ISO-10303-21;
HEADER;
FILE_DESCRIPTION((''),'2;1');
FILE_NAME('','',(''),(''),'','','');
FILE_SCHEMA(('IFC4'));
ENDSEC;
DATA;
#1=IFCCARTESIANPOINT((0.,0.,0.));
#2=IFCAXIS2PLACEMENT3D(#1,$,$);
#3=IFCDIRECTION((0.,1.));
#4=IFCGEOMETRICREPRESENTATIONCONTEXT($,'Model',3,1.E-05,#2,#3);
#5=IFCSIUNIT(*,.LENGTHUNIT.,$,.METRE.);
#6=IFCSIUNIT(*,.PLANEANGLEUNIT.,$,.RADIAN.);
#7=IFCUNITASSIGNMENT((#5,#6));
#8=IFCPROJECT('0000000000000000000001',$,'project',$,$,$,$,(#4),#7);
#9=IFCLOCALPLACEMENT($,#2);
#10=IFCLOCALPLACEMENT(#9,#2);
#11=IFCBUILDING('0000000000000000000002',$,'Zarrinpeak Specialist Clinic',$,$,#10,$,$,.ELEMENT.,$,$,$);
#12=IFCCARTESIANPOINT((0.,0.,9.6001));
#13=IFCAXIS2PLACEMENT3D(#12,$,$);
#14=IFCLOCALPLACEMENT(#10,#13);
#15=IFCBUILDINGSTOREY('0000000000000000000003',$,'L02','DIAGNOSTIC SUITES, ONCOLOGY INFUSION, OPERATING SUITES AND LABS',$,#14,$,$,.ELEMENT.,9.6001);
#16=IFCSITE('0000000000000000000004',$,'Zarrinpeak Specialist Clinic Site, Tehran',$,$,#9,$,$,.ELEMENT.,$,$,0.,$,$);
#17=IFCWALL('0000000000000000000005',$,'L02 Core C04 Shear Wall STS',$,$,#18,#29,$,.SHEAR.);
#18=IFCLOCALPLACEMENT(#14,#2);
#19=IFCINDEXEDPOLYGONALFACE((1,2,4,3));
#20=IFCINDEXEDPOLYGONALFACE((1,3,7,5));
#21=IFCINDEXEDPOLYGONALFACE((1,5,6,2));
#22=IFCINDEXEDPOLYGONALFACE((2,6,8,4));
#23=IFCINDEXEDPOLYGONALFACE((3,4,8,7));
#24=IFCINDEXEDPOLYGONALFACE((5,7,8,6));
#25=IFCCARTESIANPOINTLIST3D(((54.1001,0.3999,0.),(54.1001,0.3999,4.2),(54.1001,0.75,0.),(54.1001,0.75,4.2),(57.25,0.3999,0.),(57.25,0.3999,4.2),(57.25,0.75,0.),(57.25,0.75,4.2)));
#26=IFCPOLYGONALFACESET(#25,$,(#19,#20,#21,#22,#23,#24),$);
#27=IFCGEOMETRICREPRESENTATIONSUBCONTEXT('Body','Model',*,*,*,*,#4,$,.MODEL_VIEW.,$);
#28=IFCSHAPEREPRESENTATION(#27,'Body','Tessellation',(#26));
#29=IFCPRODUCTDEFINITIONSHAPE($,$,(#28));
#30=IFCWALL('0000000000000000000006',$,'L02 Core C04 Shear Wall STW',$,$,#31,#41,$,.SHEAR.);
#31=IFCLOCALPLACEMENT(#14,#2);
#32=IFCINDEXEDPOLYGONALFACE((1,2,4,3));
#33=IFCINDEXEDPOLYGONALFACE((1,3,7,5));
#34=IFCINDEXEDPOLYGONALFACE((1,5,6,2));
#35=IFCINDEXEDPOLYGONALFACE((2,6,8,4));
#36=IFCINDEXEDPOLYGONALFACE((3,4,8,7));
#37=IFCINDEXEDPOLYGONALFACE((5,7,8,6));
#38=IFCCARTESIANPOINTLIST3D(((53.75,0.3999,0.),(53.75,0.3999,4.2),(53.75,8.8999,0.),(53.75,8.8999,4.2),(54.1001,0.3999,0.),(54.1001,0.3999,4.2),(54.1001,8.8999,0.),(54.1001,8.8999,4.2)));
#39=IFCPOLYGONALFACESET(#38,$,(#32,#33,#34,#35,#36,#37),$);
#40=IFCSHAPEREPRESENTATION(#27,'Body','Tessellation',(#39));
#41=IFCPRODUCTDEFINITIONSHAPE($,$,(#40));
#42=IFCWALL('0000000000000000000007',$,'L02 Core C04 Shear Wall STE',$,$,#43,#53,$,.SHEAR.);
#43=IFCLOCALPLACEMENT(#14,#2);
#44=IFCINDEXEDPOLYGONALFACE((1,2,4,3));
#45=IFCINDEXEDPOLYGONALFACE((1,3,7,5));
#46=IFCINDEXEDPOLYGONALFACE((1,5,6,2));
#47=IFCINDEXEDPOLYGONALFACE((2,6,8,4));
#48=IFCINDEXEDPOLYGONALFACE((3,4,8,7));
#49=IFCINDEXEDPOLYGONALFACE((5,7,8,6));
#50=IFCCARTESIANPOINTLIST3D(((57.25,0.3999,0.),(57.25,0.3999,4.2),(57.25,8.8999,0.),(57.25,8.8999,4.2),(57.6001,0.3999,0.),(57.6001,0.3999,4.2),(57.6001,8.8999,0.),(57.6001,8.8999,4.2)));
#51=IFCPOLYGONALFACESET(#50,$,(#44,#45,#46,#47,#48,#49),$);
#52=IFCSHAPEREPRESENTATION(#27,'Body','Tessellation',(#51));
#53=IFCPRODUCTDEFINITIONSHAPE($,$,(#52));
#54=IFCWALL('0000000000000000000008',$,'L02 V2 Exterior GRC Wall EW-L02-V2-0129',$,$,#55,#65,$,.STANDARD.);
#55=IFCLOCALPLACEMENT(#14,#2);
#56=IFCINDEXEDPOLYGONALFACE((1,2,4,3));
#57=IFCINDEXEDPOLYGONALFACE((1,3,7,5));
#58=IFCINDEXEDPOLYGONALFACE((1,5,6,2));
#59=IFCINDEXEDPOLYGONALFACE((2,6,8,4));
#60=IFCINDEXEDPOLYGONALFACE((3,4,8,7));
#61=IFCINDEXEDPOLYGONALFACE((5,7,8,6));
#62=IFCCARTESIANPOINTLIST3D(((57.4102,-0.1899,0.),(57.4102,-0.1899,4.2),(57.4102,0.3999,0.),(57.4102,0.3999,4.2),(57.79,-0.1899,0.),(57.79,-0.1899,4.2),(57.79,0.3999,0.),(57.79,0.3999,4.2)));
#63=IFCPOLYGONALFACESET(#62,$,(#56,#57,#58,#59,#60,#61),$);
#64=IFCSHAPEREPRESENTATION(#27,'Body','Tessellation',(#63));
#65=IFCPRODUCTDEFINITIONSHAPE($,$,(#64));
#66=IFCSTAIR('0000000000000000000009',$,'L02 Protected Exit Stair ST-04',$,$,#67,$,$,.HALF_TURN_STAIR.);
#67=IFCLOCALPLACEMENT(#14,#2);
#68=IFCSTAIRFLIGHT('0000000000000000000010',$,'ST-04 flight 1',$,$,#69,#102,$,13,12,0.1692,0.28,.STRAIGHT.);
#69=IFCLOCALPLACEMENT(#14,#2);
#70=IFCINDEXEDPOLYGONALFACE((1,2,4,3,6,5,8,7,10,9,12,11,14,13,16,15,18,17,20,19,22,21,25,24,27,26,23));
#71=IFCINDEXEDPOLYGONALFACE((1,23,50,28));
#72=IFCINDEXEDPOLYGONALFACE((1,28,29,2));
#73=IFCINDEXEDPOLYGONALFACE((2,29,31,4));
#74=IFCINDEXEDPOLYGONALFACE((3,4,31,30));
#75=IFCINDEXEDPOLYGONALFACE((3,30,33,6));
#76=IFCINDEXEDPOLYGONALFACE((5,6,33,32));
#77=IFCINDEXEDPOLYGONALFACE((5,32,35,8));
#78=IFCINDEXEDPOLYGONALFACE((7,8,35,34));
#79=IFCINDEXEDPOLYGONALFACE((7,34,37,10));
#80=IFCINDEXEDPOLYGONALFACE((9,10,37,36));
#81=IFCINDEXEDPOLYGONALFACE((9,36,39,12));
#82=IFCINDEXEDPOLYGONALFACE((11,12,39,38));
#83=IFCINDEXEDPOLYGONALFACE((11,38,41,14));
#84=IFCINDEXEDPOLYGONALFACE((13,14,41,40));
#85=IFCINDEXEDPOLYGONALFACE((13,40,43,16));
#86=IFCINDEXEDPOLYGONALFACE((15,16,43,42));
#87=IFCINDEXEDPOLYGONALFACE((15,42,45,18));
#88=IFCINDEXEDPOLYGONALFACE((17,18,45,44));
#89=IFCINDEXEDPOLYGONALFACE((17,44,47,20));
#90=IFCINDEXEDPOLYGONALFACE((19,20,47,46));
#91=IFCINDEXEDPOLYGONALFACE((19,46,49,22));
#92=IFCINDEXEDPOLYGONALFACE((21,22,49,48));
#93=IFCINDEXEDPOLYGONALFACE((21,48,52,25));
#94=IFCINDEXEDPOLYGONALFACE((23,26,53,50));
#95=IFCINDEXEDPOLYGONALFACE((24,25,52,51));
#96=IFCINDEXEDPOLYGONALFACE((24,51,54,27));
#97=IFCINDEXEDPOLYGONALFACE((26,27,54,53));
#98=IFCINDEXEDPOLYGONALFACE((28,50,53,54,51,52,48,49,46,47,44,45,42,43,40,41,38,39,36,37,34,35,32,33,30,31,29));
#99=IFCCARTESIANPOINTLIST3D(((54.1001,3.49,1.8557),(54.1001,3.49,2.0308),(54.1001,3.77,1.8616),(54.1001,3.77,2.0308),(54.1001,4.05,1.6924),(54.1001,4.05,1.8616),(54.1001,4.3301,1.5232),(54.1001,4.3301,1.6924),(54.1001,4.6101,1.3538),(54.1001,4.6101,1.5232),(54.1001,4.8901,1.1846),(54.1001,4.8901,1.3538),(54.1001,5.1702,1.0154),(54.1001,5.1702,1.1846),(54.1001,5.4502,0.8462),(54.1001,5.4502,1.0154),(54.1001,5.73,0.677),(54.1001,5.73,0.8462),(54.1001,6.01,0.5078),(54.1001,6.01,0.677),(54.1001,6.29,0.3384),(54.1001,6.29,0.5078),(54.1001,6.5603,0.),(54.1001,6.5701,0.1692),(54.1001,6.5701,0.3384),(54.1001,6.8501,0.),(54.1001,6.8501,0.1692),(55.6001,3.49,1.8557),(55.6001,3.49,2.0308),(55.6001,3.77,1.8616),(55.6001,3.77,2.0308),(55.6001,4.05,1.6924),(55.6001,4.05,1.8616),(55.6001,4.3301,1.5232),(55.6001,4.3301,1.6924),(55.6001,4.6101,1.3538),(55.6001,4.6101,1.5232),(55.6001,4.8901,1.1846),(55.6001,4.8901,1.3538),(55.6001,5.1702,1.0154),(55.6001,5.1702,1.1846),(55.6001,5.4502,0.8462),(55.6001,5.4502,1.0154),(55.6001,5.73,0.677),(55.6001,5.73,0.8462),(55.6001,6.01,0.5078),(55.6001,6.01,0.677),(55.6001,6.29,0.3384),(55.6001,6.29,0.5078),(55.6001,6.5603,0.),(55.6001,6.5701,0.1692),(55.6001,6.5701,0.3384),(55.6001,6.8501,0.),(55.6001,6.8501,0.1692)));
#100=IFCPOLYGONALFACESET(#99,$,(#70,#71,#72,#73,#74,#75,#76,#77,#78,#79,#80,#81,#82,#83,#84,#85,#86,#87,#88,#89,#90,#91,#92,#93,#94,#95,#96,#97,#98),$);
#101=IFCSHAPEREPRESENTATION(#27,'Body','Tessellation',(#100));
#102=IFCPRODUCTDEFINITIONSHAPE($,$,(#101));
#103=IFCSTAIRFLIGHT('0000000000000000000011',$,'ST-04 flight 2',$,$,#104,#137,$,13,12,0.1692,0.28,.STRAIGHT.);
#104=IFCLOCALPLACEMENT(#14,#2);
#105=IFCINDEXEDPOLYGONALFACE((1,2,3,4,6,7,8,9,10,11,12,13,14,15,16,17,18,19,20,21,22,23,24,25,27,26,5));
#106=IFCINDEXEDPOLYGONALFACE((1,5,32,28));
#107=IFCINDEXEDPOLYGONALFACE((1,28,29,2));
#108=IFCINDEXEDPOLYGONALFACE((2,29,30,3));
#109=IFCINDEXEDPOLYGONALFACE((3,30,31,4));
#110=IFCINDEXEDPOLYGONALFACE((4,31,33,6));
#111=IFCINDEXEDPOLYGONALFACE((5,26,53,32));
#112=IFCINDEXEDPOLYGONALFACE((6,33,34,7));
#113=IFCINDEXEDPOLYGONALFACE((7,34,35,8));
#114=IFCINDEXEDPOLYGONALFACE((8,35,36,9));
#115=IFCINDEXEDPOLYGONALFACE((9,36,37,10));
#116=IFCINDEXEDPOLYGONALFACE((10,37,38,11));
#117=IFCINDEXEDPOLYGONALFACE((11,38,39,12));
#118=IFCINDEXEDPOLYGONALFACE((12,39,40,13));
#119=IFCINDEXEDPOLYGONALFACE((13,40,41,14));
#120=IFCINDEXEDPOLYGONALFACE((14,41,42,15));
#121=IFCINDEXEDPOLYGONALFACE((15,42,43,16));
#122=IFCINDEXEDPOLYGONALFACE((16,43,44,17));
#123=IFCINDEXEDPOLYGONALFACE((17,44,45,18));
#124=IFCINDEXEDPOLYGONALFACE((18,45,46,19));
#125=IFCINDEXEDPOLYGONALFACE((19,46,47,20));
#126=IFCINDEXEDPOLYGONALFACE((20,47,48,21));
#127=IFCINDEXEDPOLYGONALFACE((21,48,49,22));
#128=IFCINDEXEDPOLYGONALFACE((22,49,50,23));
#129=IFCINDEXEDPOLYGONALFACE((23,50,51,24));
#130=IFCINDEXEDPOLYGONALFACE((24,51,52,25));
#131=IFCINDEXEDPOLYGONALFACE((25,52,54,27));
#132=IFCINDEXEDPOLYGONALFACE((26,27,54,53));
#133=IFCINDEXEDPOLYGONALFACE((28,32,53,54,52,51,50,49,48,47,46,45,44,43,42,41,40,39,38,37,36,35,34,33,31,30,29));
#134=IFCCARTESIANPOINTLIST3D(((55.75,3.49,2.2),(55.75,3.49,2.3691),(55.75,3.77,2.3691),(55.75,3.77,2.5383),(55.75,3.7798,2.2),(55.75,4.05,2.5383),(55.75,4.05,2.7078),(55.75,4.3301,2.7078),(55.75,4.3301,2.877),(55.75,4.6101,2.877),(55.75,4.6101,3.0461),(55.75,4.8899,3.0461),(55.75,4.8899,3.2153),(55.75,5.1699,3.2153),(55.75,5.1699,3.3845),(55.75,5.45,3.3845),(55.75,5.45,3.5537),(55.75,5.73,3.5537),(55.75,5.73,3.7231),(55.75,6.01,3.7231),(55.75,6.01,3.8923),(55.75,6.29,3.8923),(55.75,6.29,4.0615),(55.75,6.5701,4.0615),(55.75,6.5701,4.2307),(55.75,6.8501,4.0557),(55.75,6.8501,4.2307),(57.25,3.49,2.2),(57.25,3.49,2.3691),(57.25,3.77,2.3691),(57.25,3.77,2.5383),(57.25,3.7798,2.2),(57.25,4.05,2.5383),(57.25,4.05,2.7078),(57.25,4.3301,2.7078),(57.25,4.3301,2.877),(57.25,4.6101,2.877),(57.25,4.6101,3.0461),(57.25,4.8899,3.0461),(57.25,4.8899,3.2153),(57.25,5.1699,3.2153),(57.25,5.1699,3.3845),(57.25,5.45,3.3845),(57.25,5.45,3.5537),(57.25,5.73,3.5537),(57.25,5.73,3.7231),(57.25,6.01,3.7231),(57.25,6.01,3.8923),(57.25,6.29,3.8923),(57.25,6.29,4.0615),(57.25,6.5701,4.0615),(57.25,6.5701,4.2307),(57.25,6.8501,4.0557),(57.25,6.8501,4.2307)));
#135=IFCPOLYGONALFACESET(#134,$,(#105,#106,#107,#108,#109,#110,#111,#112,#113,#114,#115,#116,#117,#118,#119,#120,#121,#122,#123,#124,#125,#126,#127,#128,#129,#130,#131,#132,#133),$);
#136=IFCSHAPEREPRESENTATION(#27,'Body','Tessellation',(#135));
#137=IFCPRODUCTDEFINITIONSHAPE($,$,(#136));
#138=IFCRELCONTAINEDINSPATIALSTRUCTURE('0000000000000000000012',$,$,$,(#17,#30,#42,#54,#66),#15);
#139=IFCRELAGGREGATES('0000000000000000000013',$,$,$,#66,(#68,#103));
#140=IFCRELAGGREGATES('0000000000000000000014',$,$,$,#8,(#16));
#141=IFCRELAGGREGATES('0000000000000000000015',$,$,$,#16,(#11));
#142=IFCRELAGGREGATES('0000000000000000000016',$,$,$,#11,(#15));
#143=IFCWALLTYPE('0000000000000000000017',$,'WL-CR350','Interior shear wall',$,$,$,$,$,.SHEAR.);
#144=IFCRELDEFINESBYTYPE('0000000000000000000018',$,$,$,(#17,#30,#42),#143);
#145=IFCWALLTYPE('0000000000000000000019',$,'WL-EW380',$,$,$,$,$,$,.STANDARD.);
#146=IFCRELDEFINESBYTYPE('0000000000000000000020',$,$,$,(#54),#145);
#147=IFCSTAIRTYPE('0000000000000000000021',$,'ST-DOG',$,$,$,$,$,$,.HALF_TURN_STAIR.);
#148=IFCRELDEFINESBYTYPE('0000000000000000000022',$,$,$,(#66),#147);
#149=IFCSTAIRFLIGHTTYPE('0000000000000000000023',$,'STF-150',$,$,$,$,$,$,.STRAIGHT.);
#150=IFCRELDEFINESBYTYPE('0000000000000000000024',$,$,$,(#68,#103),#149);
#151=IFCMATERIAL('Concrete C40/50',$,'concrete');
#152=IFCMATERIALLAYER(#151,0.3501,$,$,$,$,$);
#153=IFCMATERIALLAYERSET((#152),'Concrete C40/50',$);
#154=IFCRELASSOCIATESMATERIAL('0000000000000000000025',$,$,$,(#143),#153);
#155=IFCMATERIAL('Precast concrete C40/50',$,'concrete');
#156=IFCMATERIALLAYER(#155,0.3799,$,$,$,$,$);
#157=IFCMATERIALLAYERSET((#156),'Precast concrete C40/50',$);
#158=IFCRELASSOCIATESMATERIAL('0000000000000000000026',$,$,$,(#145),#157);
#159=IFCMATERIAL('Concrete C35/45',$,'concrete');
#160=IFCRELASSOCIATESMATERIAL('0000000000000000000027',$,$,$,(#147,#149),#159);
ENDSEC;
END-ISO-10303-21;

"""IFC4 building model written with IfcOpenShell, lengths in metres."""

from ifc_helpers import new_model, si_unit, direction, frame, frame_2d, origin, place, context, subcontext, project, spatial, polyline, rectangle, outline, extrude, material, layer, layer_set, type_object, element, aggregate, save


model = new_model("IFC4")

# Units and contexts
model_context = context("Model", 3, precision=1e-05, world=origin(), true_north=direction((0.0, 1.0)))
body_context = subcontext(model_context, "Body", "Model", "MODEL_VIEW")
ifc_project = project(units=[si_unit("LENGTHUNIT", "METRE"), si_unit("PLANEANGLEUNIT", "RADIAN")], contexts=[model_context])

# Site, building, storey
site_placement = place(None, origin())
site = spatial("IfcSite", under=ifc_project, at=site_placement, Name="Zarrinpeak Specialist Clinic Site, Tehran", CompositionType="ELEMENT", RefElevation=0.0)
building_placement = place(site_placement, origin())
building = spatial("IfcBuilding", under=site, at=building_placement, Name="Zarrinpeak Specialist Clinic", CompositionType="ELEMENT")
storey_placement = place(building_placement, frame((0.0, 0.0, 9.6001)))
storey = spatial("IfcBuildingStorey", under=building, at=storey_placement, Name="L02", Description="DIAGNOSTIC SUITES, ONCOLOGY INFUSION, OPERATING SUITES AND LABS", CompositionType="ELEMENT", Elevation=9.6001)

# Walls
ifc_material_1 = material(Name="Concrete C40/50", Category="concrete")
ifc_layer_1 = layer(ifc_material_1, 0.3501)
ifc_layer_set_1 = layer_set([ifc_layer_1], Name="Concrete C40/50")
wall_type_1 = type_object("IfcWallType", Name="WL-CR350", Description="Interior shear wall", PredefinedType="SHEAR", material=ifc_layer_set_1)
wall_1_placement = place(storey_placement, frame((54.1001, 0.575, 0.0), z_axis=(0.0, 0.0, 1.0), x_axis=(1.0, 0.0, 0.0)))
element("IfcWall", 1, at=wall_1_placement, inside=storey, type_object=wall_type_1, Name="L02 Core C04 Shear Wall STS", PredefinedType="SHEAR", context=body_context, shape_type="SweptSolid", body=[
    extrude(rectangle(XDim=3.1499, YDim=0.3501, at=frame_2d((1.575, 0.0))), origin(), (0.0, 0.0, 1.0), 4.2),
])
for number, where, z_axis, x_axis, name in (
    (2, (53.925, 0.3999, 0.0), (0.0, 0.0, 1.0), (0.0, 1.0, 0.0), "L02 Core C04 Shear Wall STW"),
    (3, (57.425, 0.3999, 0.0), (0.0, 0.0, 1.0), (0.0, 1.0, 0.0), "L02 Core C04 Shear Wall STE"),
):
    element("IfcWall", number, at=place(storey_placement, frame(where, z_axis=z_axis, x_axis=x_axis)), inside=storey, type_object=wall_type_1, Name=name, PredefinedType="SHEAR", context=body_context, shape_type="SweptSolid", body=[
        extrude(rectangle(XDim=8.5, YDim=0.3501, at=frame_2d((4.25, 0.0))), origin(), (0.0, 0.0, 1.0), 4.2),
    ])
ifc_material_2 = material(Name="Precast concrete C40/50", Category="concrete")
ifc_layer_2 = layer(ifc_material_2, 0.3799)
ifc_layer_set_2 = layer_set([ifc_layer_2], Name="Precast concrete C40/50")
wall_type_2 = type_object("IfcWallType", Name="WL-EW380", PredefinedType="STANDARD", material=ifc_layer_set_2)
wall_2_placement = place(storey_placement, frame((57.6001, -0.1899, 0.0), z_axis=(0.0, 0.0, 1.0), x_axis=(0.0, 1.0, 0.0)))
element("IfcWall", 4, at=wall_2_placement, inside=storey, type_object=wall_type_2, Name="L02 V2 Exterior GRC Wall EW-L02-V2-0129", PredefinedType="STANDARD", context=body_context, shape_type="SweptSolid", body=[
    extrude(rectangle(XDim=0.5898, YDim=0.3799, at=frame_2d((0.2949, 0.0))), origin(), (0.0, 0.0, 1.0), 4.2),
])

# Stair, stair flights
ifc_material_3 = material(Name="Concrete C35/45", Category="concrete")
stair_type = type_object("IfcStairType", Name="ST-DOG", PredefinedType="HALF_TURN_STAIR", material=ifc_material_3)
stair_placement = place(storey_placement, origin())
stair = element("IfcStair", 5, at=stair_placement, inside=storey, type_object=stair_type, Name="L02 Protected Exit Stair ST-04", PredefinedType="HALF_TURN_STAIR")
stair_flight_type = type_object("IfcStairFlightType", Name="STF-150", PredefinedType="STRAIGHT", material=ifc_material_3)
stair_flight_1_placement = place(storey_placement, frame((54.8501, 6.8501, 0.0), z_axis=(0.0, 0.0, 1.0), x_axis=(0.0, -1.0, 0.0)))
stair_flight_1 = element("IfcStairFlight", 6, at=stair_flight_1_placement, type_object=stair_flight_type, Name="ST-04 flight 1", NumberOfRisers=13, NumberOfTreads=12, PredefinedType="STRAIGHT", RiserHeight=0.1692, TreadLength=0.28, context=body_context, shape_type="SweptSolid", body=[
    extrude(outline(polyline([(0.0, 0.0), (0.0, 0.1692), (0.28, 0.1692), (0.28, 0.3384), (0.5601, 0.3384), (0.5601, 0.5078), (0.8401, 0.5078), (0.8401, 0.677), (1.1201, 0.677), (1.1201, 0.8462), (1.3999, 0.8462), (1.3999, 1.0154), (1.6799, 1.0154), (1.6799, 1.1846), (1.96, 1.1846), (1.96, 1.3538), (2.24, 1.3538), (2.24, 1.5232), (2.52, 1.5232), (2.52, 1.6924), (2.8, 1.6924), (2.8, 1.8616), (3.0801, 1.8616), (3.0801, 2.0308), (3.3601, 2.0308), (3.3601, 2.2), (3.3601, 1.8557), (0.2898, 0.0), (0.0, 0.0)])), frame((0.0, 0.75, 0.0), z_axis=(0.0, -1.0, 0.0), x_axis=(1.0, 0.0, 0.0)), (0.0, 0.0, 1.0), 1.5),
])
stair_flight_2_placement = place(storey_placement, frame((56.5, 3.49, 2.2), z_axis=(0.0, 0.0, 1.0), x_axis=(0.0, 1.0, 0.0)))
stair_flight_2 = element("IfcStairFlight", 7, at=stair_flight_2_placement, type_object=stair_flight_type, Name="ST-04 flight 2", NumberOfRisers=13, NumberOfTreads=12, PredefinedType="STRAIGHT", RiserHeight=0.1692, TreadLength=0.28, context=body_context, shape_type="SweptSolid", body=[
    extrude(outline(polyline([(0.0, 0.0), (0.0, 0.1692), (0.28, 0.1692), (0.28, 0.3384), (0.5601, 0.3384), (0.5601, 0.5078), (0.8401, 0.5078), (0.8401, 0.677), (1.1201, 0.677), (1.1201, 0.8462), (1.3999, 0.8462), (1.3999, 1.0154), (1.6799, 1.0154), (1.6799, 1.1846), (1.96, 1.1846), (1.96, 1.3538), (2.24, 1.3538), (2.24, 1.5232), (2.52, 1.5232), (2.52, 1.6924), (2.8, 1.6924), (2.8, 1.8616), (3.0801, 1.8616), (3.0801, 2.0308), (3.3601, 2.0308), (3.3601, 2.2), (3.3601, 1.8557), (0.2898, 0.0), (0.0, 0.0)])), frame((0.0, 0.75, 0.0), z_axis=(0.0, -1.0, 0.0), x_axis=(1.0, 0.0, 0.0)), (0.0, 0.0, 1.0), 1.5),
])
aggregate(stair, [stair_flight_1, stair_flight_2])

save(model, "model.ifc")
